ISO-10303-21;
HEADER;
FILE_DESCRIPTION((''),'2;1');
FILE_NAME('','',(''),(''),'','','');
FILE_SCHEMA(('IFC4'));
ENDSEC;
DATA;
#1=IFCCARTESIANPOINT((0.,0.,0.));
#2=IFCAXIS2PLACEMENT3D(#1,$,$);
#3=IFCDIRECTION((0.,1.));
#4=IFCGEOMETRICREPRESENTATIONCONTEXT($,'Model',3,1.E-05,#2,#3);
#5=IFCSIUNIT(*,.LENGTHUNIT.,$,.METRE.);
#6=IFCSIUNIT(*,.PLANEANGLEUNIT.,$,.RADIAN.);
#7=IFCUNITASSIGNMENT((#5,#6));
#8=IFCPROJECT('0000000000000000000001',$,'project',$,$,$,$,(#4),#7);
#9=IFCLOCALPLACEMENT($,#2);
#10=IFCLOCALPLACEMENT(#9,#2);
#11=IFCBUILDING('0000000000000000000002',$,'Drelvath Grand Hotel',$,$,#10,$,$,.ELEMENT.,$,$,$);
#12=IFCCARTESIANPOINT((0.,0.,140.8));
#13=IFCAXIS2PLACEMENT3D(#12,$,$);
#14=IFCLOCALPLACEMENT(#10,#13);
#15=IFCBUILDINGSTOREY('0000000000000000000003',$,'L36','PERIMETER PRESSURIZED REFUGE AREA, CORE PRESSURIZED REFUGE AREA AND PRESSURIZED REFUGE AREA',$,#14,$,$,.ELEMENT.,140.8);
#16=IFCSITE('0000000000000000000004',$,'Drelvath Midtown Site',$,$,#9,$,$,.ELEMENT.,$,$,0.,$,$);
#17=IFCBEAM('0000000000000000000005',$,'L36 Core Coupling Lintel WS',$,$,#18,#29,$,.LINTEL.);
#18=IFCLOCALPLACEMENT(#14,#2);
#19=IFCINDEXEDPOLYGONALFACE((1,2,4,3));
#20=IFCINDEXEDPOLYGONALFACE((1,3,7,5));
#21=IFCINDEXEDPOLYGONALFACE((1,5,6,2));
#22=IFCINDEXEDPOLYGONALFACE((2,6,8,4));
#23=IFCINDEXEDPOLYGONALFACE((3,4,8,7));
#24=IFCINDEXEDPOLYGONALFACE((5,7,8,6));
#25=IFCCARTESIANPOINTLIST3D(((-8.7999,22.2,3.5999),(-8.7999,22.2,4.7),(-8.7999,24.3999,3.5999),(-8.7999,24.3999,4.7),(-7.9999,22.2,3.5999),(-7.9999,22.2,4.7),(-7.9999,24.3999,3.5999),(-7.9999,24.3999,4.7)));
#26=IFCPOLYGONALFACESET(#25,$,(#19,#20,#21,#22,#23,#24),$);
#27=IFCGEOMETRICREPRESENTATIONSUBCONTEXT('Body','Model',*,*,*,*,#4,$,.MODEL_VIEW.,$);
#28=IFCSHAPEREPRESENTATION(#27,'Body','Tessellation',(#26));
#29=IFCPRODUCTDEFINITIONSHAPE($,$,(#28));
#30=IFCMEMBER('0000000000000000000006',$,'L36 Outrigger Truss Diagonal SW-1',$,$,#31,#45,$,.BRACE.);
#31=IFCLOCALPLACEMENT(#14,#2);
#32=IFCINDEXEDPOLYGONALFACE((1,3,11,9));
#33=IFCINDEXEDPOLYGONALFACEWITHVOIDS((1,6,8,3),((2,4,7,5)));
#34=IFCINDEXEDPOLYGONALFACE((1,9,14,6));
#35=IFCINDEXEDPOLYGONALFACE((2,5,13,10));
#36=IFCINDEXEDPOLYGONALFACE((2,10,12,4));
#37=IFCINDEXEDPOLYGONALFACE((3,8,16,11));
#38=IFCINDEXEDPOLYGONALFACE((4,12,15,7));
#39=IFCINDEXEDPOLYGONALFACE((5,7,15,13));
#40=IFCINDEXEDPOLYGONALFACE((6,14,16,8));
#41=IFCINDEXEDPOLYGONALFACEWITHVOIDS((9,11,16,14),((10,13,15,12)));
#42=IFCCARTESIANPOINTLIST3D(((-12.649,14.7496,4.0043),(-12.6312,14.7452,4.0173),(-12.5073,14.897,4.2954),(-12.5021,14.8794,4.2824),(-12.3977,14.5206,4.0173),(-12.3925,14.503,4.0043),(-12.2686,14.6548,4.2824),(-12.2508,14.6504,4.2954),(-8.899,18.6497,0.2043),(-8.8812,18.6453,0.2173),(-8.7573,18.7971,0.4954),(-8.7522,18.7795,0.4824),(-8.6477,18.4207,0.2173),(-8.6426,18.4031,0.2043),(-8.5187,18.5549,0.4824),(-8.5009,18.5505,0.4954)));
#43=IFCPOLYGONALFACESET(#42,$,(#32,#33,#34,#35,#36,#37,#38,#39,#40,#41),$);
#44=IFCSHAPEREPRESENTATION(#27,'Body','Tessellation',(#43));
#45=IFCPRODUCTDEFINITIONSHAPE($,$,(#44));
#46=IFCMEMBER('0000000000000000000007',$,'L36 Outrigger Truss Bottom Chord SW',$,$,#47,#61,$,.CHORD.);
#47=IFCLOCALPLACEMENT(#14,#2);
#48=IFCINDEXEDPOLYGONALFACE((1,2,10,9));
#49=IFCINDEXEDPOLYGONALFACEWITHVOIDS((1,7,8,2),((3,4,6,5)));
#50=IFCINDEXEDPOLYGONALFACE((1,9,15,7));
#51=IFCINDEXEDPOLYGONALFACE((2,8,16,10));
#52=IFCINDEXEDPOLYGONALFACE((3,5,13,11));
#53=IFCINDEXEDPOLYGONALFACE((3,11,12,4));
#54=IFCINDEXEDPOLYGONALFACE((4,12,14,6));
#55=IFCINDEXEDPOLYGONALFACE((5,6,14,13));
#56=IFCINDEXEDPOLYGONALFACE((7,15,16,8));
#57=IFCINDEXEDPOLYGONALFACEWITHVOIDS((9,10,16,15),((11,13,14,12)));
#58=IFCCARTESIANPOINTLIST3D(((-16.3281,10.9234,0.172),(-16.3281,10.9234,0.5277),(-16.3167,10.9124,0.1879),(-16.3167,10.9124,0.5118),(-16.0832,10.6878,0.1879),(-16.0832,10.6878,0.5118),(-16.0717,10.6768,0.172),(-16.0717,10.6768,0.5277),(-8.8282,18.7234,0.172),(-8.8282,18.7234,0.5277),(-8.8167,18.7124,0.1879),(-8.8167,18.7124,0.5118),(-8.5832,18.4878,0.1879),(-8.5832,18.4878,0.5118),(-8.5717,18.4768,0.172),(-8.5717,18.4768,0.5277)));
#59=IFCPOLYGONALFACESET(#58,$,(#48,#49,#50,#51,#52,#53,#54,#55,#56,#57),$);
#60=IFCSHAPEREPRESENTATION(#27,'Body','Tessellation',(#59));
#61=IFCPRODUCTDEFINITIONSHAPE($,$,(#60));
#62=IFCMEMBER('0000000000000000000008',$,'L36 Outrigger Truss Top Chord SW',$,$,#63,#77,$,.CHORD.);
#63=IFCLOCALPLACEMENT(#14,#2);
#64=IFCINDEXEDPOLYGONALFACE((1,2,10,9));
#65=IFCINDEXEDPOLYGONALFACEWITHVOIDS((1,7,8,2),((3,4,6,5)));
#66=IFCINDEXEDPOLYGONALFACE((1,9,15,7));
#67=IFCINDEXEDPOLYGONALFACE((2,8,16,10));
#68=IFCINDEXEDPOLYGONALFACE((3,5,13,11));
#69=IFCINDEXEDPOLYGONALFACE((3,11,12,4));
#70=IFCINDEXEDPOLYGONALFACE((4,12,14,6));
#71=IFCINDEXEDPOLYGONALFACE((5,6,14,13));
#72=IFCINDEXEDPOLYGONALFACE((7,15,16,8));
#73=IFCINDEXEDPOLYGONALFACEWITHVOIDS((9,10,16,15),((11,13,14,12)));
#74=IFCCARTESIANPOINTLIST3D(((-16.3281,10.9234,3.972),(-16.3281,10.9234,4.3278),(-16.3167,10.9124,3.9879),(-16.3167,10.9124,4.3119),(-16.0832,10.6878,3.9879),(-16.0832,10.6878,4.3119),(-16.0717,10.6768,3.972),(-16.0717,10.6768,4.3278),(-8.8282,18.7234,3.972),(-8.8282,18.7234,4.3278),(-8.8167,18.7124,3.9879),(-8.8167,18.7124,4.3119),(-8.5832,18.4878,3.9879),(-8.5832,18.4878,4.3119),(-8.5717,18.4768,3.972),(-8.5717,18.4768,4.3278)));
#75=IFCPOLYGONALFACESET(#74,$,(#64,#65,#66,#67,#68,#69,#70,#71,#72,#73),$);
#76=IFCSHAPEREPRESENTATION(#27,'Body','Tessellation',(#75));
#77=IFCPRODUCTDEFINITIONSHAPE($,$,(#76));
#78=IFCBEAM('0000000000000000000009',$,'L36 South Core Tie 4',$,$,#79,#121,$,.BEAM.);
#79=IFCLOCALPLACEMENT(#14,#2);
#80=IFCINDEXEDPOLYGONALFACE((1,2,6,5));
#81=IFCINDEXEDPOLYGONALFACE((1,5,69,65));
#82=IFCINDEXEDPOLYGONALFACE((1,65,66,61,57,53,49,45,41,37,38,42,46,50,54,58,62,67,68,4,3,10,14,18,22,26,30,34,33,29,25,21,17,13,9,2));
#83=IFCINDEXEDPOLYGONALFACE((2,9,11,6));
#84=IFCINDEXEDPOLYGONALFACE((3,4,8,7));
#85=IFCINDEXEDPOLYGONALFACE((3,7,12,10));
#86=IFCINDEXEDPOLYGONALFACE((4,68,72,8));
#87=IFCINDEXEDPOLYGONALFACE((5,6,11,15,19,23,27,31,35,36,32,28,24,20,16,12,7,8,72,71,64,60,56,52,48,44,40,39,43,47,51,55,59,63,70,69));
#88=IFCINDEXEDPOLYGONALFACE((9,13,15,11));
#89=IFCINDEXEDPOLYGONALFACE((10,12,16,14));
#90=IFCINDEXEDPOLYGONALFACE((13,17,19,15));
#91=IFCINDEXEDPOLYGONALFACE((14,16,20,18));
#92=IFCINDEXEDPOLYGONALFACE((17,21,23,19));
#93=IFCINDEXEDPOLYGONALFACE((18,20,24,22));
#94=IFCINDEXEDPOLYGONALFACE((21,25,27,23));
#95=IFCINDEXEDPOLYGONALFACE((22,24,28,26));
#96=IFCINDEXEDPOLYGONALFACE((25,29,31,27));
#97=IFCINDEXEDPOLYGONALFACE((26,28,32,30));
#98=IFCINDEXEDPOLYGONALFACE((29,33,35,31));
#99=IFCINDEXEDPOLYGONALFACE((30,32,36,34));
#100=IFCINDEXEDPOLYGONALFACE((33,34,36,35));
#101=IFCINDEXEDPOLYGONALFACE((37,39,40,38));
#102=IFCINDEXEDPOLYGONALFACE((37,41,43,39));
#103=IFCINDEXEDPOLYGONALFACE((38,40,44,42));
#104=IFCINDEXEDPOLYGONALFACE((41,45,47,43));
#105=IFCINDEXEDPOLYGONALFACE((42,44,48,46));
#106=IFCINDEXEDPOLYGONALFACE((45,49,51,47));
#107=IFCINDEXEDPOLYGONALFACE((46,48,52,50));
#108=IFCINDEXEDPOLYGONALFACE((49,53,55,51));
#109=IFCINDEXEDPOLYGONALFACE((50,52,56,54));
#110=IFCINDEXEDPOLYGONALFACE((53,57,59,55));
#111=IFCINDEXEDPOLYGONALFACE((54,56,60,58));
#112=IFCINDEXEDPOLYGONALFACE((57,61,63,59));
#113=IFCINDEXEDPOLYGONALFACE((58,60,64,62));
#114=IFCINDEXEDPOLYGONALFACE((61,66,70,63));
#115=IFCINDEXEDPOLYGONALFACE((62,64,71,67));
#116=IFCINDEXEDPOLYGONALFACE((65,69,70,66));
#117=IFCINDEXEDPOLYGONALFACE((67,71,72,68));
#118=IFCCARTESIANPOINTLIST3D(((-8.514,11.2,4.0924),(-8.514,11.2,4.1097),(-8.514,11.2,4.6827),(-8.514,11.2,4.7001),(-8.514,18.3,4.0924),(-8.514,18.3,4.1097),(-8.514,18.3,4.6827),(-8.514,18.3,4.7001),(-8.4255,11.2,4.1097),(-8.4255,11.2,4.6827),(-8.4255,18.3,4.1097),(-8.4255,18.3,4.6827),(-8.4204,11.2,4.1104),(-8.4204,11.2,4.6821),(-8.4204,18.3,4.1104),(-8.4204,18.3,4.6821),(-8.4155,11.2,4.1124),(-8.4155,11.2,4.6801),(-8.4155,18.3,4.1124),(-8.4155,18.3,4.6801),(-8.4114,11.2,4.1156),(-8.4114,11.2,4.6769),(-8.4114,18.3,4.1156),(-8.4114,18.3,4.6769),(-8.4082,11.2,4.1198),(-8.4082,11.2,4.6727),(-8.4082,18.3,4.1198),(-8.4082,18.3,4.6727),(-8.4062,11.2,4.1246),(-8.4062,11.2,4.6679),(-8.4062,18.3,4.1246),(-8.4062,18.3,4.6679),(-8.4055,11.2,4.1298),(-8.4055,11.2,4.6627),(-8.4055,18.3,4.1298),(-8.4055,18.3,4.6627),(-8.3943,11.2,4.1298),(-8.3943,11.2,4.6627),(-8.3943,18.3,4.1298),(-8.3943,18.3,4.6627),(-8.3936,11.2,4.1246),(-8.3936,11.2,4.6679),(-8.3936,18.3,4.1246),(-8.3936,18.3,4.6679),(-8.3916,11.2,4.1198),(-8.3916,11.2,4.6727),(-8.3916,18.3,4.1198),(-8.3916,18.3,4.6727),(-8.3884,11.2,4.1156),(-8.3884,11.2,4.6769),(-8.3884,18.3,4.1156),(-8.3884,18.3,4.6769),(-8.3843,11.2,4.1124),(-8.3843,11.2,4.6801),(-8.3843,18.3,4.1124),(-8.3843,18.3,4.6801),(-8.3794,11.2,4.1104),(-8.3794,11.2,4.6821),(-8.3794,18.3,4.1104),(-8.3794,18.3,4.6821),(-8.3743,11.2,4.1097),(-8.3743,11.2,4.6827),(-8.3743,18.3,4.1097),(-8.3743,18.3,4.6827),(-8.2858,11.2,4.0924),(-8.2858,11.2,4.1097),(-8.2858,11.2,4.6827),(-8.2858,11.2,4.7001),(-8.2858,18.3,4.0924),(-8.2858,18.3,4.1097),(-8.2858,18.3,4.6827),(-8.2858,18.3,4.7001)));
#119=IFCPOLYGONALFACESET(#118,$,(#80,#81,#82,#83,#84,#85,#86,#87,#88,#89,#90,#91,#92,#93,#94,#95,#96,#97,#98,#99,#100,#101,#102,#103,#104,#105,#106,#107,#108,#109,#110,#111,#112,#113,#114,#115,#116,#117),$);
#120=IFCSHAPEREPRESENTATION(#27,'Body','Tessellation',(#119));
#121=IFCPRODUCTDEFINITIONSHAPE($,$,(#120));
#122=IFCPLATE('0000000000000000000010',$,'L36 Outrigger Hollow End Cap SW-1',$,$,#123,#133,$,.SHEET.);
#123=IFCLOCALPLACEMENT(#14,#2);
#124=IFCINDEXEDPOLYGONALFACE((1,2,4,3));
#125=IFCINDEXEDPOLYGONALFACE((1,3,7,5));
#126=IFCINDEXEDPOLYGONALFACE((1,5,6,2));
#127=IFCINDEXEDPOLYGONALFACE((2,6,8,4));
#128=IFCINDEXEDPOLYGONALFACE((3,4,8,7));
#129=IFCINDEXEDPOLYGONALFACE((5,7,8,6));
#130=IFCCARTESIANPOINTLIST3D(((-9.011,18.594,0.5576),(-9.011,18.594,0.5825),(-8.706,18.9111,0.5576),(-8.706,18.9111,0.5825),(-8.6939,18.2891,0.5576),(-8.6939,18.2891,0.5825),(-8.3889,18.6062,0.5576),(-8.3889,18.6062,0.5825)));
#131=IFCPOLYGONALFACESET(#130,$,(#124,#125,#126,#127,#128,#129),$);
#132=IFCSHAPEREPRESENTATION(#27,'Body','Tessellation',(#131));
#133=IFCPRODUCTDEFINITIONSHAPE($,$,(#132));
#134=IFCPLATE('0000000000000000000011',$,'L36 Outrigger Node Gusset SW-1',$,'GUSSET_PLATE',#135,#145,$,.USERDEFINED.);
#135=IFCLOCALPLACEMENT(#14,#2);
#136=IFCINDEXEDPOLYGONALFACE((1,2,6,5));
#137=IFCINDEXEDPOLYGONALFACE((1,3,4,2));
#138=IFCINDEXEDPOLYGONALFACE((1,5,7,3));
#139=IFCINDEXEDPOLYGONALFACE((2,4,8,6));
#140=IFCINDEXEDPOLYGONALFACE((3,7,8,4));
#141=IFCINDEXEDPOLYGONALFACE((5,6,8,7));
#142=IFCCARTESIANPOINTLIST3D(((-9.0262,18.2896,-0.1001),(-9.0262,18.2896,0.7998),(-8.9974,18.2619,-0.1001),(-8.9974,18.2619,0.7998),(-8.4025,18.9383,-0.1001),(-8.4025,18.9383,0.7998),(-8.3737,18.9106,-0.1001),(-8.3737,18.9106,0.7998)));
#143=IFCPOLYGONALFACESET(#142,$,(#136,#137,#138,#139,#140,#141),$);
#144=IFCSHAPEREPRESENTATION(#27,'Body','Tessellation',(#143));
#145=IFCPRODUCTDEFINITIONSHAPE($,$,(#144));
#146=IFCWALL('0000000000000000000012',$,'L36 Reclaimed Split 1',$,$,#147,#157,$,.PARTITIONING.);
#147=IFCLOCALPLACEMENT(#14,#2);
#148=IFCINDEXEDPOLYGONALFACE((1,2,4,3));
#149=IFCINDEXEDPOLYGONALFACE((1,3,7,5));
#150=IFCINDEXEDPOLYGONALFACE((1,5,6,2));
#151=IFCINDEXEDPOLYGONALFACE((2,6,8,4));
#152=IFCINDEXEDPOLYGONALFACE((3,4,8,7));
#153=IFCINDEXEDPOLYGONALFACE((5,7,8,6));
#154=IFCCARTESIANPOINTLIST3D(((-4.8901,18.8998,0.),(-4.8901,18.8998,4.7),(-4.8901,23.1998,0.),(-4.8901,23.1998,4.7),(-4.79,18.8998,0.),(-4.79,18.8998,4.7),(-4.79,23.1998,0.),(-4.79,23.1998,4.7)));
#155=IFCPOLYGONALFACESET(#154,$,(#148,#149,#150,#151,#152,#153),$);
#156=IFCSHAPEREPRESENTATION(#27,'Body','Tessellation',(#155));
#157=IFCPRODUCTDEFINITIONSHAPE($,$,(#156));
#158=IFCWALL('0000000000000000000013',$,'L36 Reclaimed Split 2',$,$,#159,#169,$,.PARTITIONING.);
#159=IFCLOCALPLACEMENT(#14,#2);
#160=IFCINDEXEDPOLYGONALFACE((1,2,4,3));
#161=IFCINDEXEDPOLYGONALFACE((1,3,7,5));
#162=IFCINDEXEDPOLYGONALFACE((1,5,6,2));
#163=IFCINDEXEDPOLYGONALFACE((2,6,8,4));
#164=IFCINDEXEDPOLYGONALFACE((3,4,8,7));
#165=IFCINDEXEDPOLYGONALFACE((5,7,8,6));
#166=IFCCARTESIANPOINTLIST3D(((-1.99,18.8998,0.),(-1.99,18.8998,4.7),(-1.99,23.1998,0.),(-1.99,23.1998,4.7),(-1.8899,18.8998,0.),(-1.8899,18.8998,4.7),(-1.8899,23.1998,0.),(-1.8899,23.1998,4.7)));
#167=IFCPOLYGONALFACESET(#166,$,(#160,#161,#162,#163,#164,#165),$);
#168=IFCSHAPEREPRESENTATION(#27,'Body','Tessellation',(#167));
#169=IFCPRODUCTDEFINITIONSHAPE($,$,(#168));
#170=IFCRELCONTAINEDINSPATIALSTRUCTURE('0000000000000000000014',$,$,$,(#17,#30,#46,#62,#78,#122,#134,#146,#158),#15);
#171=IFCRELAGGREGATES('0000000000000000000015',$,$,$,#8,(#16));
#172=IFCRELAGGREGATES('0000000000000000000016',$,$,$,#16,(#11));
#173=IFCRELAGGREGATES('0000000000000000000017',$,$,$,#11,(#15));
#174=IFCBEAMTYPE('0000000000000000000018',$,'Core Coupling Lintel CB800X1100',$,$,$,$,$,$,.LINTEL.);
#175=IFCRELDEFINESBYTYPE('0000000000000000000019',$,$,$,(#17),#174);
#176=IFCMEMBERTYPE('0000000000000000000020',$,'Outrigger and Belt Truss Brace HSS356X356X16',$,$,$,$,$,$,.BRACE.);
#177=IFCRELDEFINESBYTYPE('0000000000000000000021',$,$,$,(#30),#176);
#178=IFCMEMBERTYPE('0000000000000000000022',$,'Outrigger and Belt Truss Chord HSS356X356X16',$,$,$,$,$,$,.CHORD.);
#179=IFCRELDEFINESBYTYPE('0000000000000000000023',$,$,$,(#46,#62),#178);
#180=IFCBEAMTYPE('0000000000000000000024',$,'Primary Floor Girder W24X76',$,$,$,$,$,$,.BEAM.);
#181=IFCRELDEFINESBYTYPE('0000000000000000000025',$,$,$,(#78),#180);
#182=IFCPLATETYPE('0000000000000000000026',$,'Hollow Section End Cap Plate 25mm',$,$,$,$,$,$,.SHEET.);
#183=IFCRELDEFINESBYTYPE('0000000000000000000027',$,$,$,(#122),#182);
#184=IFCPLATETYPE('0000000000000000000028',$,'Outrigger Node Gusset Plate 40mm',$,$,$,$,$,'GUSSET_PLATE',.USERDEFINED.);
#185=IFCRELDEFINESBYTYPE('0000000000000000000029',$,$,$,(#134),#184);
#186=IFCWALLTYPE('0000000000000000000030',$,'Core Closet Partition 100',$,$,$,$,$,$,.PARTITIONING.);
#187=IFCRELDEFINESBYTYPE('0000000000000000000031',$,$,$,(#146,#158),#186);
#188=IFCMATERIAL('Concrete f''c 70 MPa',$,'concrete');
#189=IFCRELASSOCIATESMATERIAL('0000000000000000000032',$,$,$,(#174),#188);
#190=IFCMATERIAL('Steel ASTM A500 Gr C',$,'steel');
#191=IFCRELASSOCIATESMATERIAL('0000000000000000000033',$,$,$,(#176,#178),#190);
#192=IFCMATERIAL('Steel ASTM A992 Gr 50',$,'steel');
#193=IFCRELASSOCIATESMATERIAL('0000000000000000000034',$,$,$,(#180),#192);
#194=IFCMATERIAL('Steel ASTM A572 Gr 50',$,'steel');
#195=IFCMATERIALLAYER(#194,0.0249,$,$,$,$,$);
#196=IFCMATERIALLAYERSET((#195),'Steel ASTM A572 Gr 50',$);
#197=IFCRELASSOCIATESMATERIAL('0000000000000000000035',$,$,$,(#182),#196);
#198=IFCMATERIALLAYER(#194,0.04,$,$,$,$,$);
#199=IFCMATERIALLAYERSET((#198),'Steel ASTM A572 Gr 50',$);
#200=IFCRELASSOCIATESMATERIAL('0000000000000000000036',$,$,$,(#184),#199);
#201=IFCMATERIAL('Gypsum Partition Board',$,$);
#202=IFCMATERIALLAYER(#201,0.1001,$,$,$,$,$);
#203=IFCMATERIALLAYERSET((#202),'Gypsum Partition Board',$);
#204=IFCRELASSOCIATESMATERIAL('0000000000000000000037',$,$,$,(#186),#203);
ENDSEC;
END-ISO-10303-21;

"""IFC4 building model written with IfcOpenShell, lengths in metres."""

from ifc_helpers import new_model, si_unit, direction, frame, frame_2d, origin, origin_2d, place, context, subcontext, project, spatial, rectangle, hollow_rectangle, i_section, extrude, material, layer, layer_set, material_profile, profile_set, type_object, element, save


model = new_model("IFC4")

# Units and contexts
model_context = context("Model", 3, precision=1e-05, world=origin(), true_north=direction((0.0, 1.0)))
body_context = subcontext(model_context, "Body", "Model", "MODEL_VIEW")
ifc_project = project(units=[si_unit("LENGTHUNIT", "METRE"), si_unit("PLANEANGLEUNIT", "RADIAN")], contexts=[model_context])

# Site, building, storey
site_placement = place(None, origin())
site = spatial("IfcSite", under=ifc_project, at=site_placement, Name="Drelvath Midtown Site", CompositionType="ELEMENT", RefElevation=0.0)
building_placement = place(site_placement, origin())
building = spatial("IfcBuilding", under=site, at=building_placement, Name="Drelvath Grand Hotel", CompositionType="ELEMENT")
storey_placement = place(building_placement, frame((0.0, 0.0, 140.8)))
storey = spatial("IfcBuildingStorey", under=building, at=storey_placement, Name="L36", Description="PERIMETER PRESSURIZED REFUGE AREA, CORE PRESSURIZED REFUGE AREA AND PRESSURIZED REFUGE AREA", CompositionType="ELEMENT", Elevation=140.8)

# Beam
ifc_material_1 = material(Name="Concrete f'c 70 MPa", Category="concrete")
ifc_material_profile_1 = material_profile(ifc_material_1, rectangle(XDim=0.8, YDim=1.1001, at=origin_2d()), Name="CB800X1100")
ifc_profile_set_1 = profile_set([ifc_material_profile_1], Name="Concrete f'c 70 MPa")
beam_type_1 = type_object("IfcBeamType", Name="Core Coupling Lintel CB800X1100", PredefinedType="LINTEL", material=ifc_profile_set_1)
beam_1_placement = place(storey_placement, frame((-8.3999, 22.2, 4.1499), z_axis=(0.0, 1.0, 0.0), x_axis=(-1.0, 0.0, 0.0)))
element("IfcBeam", 1, at=beam_1_placement, inside=storey, type_object=beam_type_1, Name="L36 Core Coupling Lintel WS", PredefinedType="LINTEL", context=body_context, shape_type="SweptSolid", body=[
    extrude(rectangle(XDim=0.8, YDim=1.1001, at=origin_2d()), origin(), (0.0, 0.0, 1.0), 2.2),
])

# Members
ifc_material_2 = material(Name="Steel ASTM A500 Gr C", Category="steel")
ifc_material_profile_2 = material_profile(ifc_material_2, hollow_rectangle(XDim=0.3557, YDim=0.3557, WallThickness=0.0159, at=origin_2d()), Name="HSS356X356X16")
ifc_profile_set_2 = profile_set([ifc_material_profile_2], Name="Steel ASTM A500 Gr C")
member_type_1 = type_object("IfcMemberType", Name="Outrigger and Belt Truss Brace HSS356X356X16", PredefinedType="BRACE", material=ifc_profile_set_2)
member_placement = place(storey_placement, frame((-8.7, 18.6001, 0.3499), z_axis=(-0.56718, -0.589889, 0.57475), x_axis=(0.720846, -0.693095, 0.0)))
element("IfcMember", 2, at=member_placement, inside=storey, type_object=member_type_1, Name="L36 Outrigger Truss Diagonal SW-1", PredefinedType="BRACE", context=body_context, shape_type="SweptSolid", body=[
    extrude(hollow_rectangle(XDim=0.3557, YDim=0.3557, WallThickness=0.0159, at=origin_2d()), origin(), (0.0, 0.0, 1.0), 6.6116),
])
ifc_material_profile_3 = material_profile(ifc_material_2, hollow_rectangle(XDim=0.3557, YDim=0.3557, WallThickness=0.0159, at=origin_2d()), Name="HSS356X356X16")
ifc_profile_set_3 = profile_set([ifc_material_profile_3], Name="Steel ASTM A500 Gr C")
member_type_2 = type_object("IfcMemberType", Name="Outrigger and Belt Truss Chord HSS356X356X16", PredefinedType="CHORD", material=ifc_profile_set_3)
for number, where, z_axis, x_axis, name in (
    (3, (-8.7, 18.6001, 0.3499), (-0.693106, -0.720835, 0.0), (0.720835, -0.693106, 0.0), "L36 Outrigger Truss Bottom Chord SW"),
    (4, (-8.7, 18.6001, 4.1499), (-0.693106, -0.720835, 0.0), (0.720835, -0.693106, 0.0), "L36 Outrigger Truss Top Chord SW"),
):
    element("IfcMember", number, at=place(storey_placement, frame(where, z_axis=z_axis, x_axis=x_axis)), inside=storey, type_object=member_type_2, Name=name, PredefinedType="CHORD", context=body_context, shape_type="SweptSolid", body=[
        extrude(hollow_rectangle(XDim=0.3557, YDim=0.3557, WallThickness=0.0159, at=origin_2d()), origin(), (0.0, 0.0, 1.0), 10.8208),
    ])

# Beam
ifc_material_3 = material(Name="Steel ASTM A992 Gr 50", Category="steel")
ifc_material_profile_4 = material_profile(ifc_material_3, i_section(OverallWidth=0.2283, OverallDepth=0.6077, WebThickness=0.0112, FlangeThickness=0.0173, FilletRadius=0.02, at=origin_2d()), Name="W24X76")
ifc_profile_set_4 = profile_set([ifc_material_profile_4], Name="Steel ASTM A992 Gr 50")
beam_type_2 = type_object("IfcBeamType", Name="Primary Floor Girder W24X76", PredefinedType="BEAM", material=ifc_profile_set_4)
beam_2_placement = place(storey_placement, frame((-8.3999, 11.2, 4.3962), z_axis=(0.0, 1.0, 0.0), x_axis=(-1.0, 0.0, 0.0)))
element("IfcBeam", 5, at=beam_2_placement, inside=storey, type_object=beam_type_2, Name="L36 South Core Tie 4", PredefinedType="BEAM", context=body_context, shape_type="SweptSolid", body=[
    extrude(i_section(OverallWidth=0.2283, OverallDepth=0.6077, WebThickness=0.0112, FlangeThickness=0.0173, FilletRadius=0.02, at=origin_2d()), origin(), (0.0, 0.0, 1.0), 7.1001),
])

# Plates
ifc_material_4 = material(Name="Steel ASTM A572 Gr 50", Category="steel")
ifc_layer_1 = layer(ifc_material_4, 0.0249)
ifc_layer_set_1 = layer_set([ifc_layer_1], Name="Steel ASTM A572 Gr 50")
plate_type_1 = type_object("IfcPlateType", Name="Hollow Section End Cap Plate 25mm", PredefinedType="SHEET", material=ifc_layer_set_1)
plate_1_placement = place(storey_placement, frame((-8.7, 18.6001, 0.5576), z_axis=(0.0, 0.0, 1.0), x_axis=(-0.693109, -0.720833, 0.0)))
element("IfcPlate", 6, at=plate_1_placement, inside=storey, type_object=plate_type_1, Name="L36 Outrigger Hollow End Cap SW-1", PredefinedType="SHEET", context=body_context, shape_type="SweptSolid", body=[
    extrude(rectangle(XDim=0.4399, YDim=0.4399, at=origin_2d()), origin(), (0.0, 0.0, 1.0), 0.0249),
])
ifc_layer_2 = layer(ifc_material_4, 0.04)
ifc_layer_set_2 = layer_set([ifc_layer_2], Name="Steel ASTM A572 Gr 50")
plate_type_2 = type_object("IfcPlateType", Name="Outrigger Node Gusset Plate 40mm", ElementType="GUSSET_PLATE", PredefinedType="USERDEFINED", material=ifc_layer_set_2)
plate_2_placement = place(storey_placement, frame((-8.7, 18.6001, -0.1001), z_axis=(0.0, 0.0, 1.0), x_axis=(-0.693109, -0.720833, 0.0)))
element("IfcPlate", 7, at=plate_2_placement, inside=storey, type_object=plate_type_2, Name="L36 Outrigger Node Gusset SW-1", ObjectType="GUSSET_PLATE", PredefinedType="USERDEFINED", context=body_context, shape_type="SweptSolid", body=[
    extrude(rectangle(XDim=0.8999, YDim=0.04, at=origin_2d()), origin(), (0.0, 0.0, 1.0), 0.8999),
])

# Walls
ifc_material_5 = material(Name="Gypsum Partition Board")
ifc_layer_3 = layer(ifc_material_5, 0.1001)
ifc_layer_set_3 = layer_set([ifc_layer_3], Name="Gypsum Partition Board")
wall_type_1 = type_object("IfcWallType", Name="Core Closet Partition 100", PredefinedType="PARTITIONING", material=ifc_layer_set_3)
for number, where, z_axis, x_axis, name in (
    (8, (-4.8401, 18.8999, 0.0), (0.0, 0.0, 1.0), (0.0, 1.0, 0.0), "L36 Reclaimed Split 1"),
    (9, (-1.9399, 18.8999, 0.0), (0.0, 0.0, 1.0), (0.0, 1.0, 0.0), "L36 Reclaimed Split 2"),
):
    element("IfcWall", number, at=place(storey_placement, frame(where, z_axis=z_axis, x_axis=x_axis)), inside=storey, type_object=wall_type_1, Name=name, PredefinedType="PARTITIONING", context=body_context, shape_type="SweptSolid", body=[
        extrude(rectangle(XDim=4.3, YDim=0.1001, at=frame_2d((2.1499, 0.0))), origin(), (0.0, 0.0, 1.0), 4.7),
    ])

save(model, "model.ifc")
